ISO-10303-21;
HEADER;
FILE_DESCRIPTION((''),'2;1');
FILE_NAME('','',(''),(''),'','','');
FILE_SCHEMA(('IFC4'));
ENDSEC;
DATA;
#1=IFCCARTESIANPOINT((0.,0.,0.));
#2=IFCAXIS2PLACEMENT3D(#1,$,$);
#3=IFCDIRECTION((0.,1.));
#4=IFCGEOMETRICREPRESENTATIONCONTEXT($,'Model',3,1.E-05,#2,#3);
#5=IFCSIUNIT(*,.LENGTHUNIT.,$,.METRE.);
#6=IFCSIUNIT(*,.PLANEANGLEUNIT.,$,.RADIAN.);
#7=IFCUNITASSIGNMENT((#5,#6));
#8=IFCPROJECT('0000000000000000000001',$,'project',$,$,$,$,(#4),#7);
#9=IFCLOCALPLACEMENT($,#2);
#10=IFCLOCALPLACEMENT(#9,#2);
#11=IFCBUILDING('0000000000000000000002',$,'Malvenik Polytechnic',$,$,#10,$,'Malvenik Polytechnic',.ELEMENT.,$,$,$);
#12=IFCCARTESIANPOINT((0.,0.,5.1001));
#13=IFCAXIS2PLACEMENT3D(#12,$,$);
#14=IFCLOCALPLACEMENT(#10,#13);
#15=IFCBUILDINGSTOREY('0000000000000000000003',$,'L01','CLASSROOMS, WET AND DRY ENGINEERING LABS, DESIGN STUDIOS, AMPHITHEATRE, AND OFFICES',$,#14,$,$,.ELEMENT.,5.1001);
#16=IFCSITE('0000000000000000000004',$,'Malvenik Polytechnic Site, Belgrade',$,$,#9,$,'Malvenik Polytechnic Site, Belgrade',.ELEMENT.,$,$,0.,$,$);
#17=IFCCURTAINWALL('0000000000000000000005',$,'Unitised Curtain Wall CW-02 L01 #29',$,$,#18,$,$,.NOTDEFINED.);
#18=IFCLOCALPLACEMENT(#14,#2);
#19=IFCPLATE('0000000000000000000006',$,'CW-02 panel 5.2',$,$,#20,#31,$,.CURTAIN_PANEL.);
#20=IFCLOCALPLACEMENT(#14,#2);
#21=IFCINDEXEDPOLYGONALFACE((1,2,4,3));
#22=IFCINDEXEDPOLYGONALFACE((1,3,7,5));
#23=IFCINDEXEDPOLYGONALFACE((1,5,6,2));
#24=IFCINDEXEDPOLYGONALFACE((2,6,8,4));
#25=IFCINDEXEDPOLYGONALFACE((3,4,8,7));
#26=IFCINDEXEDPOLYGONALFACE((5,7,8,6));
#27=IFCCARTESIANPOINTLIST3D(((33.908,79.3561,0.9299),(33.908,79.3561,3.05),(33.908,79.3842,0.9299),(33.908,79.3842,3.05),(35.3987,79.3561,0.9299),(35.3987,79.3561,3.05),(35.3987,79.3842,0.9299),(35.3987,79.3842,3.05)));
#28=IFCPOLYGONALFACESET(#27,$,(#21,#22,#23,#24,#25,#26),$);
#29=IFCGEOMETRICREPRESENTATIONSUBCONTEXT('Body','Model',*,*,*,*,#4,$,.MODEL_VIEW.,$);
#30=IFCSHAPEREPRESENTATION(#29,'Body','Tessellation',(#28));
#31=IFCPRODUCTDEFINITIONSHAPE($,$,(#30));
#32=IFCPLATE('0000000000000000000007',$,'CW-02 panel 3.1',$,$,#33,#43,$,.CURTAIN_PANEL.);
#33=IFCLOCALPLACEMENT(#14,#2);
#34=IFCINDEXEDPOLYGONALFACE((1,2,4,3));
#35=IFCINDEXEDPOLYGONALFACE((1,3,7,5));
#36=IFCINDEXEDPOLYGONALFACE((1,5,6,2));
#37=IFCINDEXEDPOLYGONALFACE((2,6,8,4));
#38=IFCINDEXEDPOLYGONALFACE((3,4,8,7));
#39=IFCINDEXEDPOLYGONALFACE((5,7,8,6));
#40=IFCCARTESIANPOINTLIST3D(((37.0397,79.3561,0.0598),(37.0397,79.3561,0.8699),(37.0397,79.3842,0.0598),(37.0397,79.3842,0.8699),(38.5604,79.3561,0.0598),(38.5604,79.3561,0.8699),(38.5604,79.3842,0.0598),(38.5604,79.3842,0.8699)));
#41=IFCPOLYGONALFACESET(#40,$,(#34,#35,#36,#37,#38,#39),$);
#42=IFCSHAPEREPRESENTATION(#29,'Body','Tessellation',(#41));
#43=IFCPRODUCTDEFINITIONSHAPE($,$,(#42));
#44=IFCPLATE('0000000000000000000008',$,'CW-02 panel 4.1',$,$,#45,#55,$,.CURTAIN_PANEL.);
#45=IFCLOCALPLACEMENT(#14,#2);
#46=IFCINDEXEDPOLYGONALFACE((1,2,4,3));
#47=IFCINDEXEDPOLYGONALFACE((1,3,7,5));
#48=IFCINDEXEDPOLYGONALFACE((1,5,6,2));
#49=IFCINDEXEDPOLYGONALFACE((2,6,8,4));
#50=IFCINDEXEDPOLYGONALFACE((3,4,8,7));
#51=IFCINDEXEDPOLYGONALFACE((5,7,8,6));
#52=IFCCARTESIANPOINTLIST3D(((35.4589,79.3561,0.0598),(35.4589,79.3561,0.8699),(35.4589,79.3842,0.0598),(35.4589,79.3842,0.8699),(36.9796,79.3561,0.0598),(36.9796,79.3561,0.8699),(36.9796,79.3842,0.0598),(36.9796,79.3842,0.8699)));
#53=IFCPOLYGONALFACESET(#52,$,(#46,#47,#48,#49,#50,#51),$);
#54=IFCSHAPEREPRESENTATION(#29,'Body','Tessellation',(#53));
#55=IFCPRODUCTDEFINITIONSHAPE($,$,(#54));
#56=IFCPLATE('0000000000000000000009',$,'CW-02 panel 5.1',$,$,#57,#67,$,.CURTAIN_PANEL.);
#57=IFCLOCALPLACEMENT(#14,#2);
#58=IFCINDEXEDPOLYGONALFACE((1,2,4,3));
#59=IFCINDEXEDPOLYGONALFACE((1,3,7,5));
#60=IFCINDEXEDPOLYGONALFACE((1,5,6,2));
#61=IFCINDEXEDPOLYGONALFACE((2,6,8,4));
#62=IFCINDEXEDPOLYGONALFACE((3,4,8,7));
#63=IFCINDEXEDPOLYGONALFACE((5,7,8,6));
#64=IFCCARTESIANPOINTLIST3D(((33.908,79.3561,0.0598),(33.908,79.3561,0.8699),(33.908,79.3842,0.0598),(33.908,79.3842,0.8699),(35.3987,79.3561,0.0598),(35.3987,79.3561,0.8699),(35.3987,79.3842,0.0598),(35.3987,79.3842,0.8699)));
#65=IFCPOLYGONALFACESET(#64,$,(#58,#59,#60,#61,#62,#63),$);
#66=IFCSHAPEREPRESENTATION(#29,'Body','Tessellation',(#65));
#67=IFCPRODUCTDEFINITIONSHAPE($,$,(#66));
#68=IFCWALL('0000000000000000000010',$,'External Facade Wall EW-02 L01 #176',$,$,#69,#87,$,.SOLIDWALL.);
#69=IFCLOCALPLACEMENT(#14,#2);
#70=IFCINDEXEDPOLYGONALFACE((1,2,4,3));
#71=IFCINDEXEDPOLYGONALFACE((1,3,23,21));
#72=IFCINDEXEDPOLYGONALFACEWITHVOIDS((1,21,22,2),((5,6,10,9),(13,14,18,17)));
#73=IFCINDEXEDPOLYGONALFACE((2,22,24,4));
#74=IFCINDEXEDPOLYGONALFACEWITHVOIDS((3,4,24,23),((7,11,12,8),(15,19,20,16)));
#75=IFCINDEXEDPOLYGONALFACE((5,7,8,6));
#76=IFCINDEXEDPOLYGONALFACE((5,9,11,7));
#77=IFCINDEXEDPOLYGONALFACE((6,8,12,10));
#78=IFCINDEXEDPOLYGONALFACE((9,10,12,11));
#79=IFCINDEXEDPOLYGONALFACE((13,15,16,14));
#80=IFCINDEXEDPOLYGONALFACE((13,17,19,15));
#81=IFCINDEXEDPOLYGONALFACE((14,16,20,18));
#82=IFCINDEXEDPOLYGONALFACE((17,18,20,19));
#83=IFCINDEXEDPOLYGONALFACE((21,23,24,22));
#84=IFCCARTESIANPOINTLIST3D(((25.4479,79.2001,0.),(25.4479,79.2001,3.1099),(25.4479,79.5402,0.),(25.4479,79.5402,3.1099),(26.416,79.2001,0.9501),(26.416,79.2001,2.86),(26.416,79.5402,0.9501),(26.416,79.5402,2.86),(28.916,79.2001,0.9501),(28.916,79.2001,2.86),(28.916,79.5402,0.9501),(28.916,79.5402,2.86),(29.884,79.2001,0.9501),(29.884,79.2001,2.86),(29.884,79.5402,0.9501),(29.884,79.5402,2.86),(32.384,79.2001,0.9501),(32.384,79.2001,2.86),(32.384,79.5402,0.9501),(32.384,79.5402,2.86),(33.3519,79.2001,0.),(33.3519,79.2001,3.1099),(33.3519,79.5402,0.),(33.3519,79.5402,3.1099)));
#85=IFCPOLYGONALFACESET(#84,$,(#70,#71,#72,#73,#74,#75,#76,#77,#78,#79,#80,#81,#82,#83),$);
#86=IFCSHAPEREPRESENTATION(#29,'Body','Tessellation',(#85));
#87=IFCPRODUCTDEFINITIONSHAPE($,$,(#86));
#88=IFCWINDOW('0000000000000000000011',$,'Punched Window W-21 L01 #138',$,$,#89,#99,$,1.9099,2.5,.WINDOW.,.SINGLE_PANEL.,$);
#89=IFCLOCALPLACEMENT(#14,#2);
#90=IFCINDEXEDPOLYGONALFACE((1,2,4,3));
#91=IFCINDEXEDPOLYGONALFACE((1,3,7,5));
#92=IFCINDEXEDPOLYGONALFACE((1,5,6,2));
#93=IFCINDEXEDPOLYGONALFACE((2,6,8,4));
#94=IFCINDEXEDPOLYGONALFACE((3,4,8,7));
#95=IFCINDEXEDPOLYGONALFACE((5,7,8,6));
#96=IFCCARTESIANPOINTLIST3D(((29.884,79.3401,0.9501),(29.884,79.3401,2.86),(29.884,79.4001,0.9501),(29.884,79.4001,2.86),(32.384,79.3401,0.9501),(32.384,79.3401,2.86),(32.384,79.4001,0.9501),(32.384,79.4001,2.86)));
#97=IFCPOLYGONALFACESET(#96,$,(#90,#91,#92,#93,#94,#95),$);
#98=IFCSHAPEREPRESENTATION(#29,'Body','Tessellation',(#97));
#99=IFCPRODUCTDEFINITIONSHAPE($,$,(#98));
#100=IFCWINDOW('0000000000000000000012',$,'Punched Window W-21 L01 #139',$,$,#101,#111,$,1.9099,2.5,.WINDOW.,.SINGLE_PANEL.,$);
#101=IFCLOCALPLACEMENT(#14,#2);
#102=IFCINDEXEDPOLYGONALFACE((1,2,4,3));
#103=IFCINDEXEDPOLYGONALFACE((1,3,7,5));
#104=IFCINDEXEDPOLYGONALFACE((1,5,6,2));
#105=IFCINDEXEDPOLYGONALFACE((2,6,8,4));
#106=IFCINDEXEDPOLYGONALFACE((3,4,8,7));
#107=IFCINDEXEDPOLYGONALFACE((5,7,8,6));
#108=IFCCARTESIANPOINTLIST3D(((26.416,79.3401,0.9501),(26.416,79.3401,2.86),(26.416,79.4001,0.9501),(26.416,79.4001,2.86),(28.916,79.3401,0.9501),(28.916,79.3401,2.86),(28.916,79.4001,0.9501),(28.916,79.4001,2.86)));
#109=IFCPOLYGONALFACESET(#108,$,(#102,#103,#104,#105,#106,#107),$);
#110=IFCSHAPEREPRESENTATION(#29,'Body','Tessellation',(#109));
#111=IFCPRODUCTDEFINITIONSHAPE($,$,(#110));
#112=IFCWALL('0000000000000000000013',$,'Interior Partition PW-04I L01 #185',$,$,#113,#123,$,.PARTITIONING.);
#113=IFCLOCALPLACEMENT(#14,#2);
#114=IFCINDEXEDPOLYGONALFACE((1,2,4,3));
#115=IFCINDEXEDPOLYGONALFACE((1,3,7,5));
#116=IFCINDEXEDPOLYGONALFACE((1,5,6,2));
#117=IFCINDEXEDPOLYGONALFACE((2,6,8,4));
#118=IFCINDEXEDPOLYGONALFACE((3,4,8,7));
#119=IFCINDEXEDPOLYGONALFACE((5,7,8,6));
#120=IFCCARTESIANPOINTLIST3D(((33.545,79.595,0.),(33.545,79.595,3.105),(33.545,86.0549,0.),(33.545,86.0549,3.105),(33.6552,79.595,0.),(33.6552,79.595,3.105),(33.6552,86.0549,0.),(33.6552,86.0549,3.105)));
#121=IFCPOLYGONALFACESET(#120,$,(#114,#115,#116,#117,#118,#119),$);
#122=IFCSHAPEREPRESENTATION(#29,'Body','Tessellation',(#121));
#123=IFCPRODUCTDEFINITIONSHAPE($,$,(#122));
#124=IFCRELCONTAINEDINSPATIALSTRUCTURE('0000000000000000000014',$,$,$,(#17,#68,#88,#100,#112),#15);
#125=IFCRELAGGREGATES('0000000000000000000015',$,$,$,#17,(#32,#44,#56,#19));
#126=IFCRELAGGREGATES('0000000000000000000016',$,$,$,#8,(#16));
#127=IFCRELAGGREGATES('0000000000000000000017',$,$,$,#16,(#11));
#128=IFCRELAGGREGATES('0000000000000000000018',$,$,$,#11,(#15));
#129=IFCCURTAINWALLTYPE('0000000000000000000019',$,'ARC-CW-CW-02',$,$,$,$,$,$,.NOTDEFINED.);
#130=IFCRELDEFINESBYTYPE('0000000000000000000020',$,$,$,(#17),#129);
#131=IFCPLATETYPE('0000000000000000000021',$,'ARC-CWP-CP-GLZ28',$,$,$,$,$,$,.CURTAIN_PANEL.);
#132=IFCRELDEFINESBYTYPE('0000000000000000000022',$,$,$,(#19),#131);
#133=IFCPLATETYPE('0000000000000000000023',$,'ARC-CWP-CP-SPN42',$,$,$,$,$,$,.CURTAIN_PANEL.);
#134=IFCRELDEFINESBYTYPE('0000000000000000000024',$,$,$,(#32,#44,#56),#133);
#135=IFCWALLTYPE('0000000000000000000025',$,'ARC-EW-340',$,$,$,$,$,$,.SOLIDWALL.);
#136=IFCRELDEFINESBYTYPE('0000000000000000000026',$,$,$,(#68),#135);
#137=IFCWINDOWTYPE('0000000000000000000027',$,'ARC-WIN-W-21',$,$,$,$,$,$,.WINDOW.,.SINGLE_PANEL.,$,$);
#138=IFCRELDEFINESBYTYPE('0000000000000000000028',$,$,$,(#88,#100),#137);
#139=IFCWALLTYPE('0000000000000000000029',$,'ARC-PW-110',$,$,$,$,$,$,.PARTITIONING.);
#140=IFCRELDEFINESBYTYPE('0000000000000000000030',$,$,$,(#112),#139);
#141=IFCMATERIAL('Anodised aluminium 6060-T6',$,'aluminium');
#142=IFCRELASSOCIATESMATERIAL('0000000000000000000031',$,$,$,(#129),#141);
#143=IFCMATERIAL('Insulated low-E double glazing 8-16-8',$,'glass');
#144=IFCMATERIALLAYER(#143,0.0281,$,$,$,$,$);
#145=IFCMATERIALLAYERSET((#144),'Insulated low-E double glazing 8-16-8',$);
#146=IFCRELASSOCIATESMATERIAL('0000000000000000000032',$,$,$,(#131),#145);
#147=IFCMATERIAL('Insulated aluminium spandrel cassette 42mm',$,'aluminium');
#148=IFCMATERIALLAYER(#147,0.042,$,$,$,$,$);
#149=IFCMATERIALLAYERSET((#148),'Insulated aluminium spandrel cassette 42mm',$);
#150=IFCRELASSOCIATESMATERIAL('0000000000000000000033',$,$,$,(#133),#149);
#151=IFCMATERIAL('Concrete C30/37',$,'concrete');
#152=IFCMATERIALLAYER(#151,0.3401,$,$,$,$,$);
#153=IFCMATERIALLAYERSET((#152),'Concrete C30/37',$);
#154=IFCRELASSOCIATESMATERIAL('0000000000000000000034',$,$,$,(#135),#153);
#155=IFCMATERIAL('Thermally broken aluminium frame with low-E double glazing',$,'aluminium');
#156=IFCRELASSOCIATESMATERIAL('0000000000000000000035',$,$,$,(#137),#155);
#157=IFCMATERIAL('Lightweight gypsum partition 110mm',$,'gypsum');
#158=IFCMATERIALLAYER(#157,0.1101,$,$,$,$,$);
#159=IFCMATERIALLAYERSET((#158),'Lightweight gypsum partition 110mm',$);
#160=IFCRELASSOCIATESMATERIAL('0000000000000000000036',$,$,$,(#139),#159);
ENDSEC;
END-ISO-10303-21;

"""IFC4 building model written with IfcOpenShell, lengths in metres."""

from ifc_helpers import new_model, si_unit, direction, frame, frame_2d, origin, origin_2d, place, context, subcontext, project, spatial, rectangle, extrude, material, layer, layer_set, type_object, element, fill, aggregate, save


model = new_model("IFC4")

# Units and contexts
model_context = context("Model", 3, precision=1e-05, world=origin(), true_north=direction((0.0, 1.0)))
body_context = subcontext(model_context, "Body", "Model", "MODEL_VIEW")
ifc_project = project(units=[si_unit("LENGTHUNIT", "METRE"), si_unit("PLANEANGLEUNIT", "RADIAN")], contexts=[model_context])

# Site, building, storey
site_placement = place(None, origin())
site = spatial("IfcSite", under=ifc_project, at=site_placement, Name="Malvenik Polytechnic Site, Belgrade", LongName="Malvenik Polytechnic Site, Belgrade", CompositionType="ELEMENT", RefElevation=0.0)
building_placement = place(site_placement, origin())
building = spatial("IfcBuilding", under=site, at=building_placement, Name="Malvenik Polytechnic", LongName="Malvenik Polytechnic", CompositionType="ELEMENT")
storey_placement = place(building_placement, frame((0.0, 0.0, 5.1001)))
storey = spatial("IfcBuildingStorey", under=building, at=storey_placement, Name="L01", Description="CLASSROOMS, WET AND DRY ENGINEERING LABS, DESIGN STUDIOS, AMPHITHEATRE, AND OFFICES", CompositionType="ELEMENT", Elevation=5.1001)

# Curtain wall
ifc_material_1 = material(Name="Anodised aluminium 6060-T6", Category="aluminium")
curtain_wall_type = type_object("IfcCurtainWallType", Name="ARC-CW-CW-02", PredefinedType="NOTDEFINED", material=ifc_material_1)
curtain_wall_placement = place(storey_placement, origin())
curtain_wall = element("IfcCurtainWall", 1, at=curtain_wall_placement, inside=storey, type_object=curtain_wall_type, Name="Unitised Curtain Wall CW-02 L01 #29", PredefinedType="NOTDEFINED")

# Plates
ifc_material_2 = material(Name="Insulated low-E double glazing 8-16-8", Category="glass")
ifc_layer_1 = layer(ifc_material_2, 0.0281)
ifc_layer_set_1 = layer_set([ifc_layer_1], Name="Insulated low-E double glazing 8-16-8")
plate_type_1 = type_object("IfcPlateType", Name="ARC-CWP-CP-GLZ28", PredefinedType="CURTAIN_PANEL", material=ifc_layer_set_1)
plate_1_placement = place(storey_placement, frame((34.6533, 79.3701, 0.9299), z_axis=(0.0, 0.0, 1.0), x_axis=(-1.0, 0.0, 0.0)))
plate_1 = element("IfcPlate", 2, at=plate_1_placement, type_object=plate_type_1, Name="CW-02 panel 5.2", PredefinedType="CURTAIN_PANEL", context=body_context, shape_type="SweptSolid", body=[
    extrude(rectangle(XDim=1.4907, YDim=0.0281, at=origin_2d()), origin(), (0.0, 0.0, 1.0), 2.1201),
])
ifc_material_3 = material(Name="Insulated aluminium spandrel cassette 42mm", Category="aluminium")
ifc_layer_2 = layer(ifc_material_3, 0.042)
ifc_layer_set_2 = layer_set([ifc_layer_2], Name="Insulated aluminium spandrel cassette 42mm")
plate_type_2 = type_object("IfcPlateType", Name="ARC-CWP-CP-SPN42", PredefinedType="CURTAIN_PANEL", material=ifc_layer_set_2)
plate_2_placement = place(storey_placement, frame((37.8, 79.3701, 0.0598), z_axis=(0.0, 0.0, 1.0), x_axis=(-1.0, 0.0, 0.0)))
plate_2 = element("IfcPlate", 3, at=plate_2_placement, type_object=plate_type_2, Name="CW-02 panel 3.1", PredefinedType="CURTAIN_PANEL", context=body_context, shape_type="SweptSolid", body=[
    extrude(rectangle(XDim=1.5208, YDim=0.0281, at=origin_2d()), origin(), (0.0, 0.0, 1.0), 0.8101),
])
plate_3_placement = place(storey_placement, frame((36.2192, 79.3701, 0.0598), z_axis=(0.0, 0.0, 1.0), x_axis=(-1.0, 0.0, 0.0)))
plate_3 = element("IfcPlate", 4, at=plate_3_placement, type_object=plate_type_2, Name="CW-02 panel 4.1", PredefinedType="CURTAIN_PANEL", context=body_context, shape_type="SweptSolid", body=[
    extrude(rectangle(XDim=1.5208, YDim=0.0281, at=origin_2d()), origin(), (0.0, 0.0, 1.0), 0.8101),
])
plate_4_placement = place(storey_placement, frame((34.6533, 79.3701, 0.0598), z_axis=(0.0, 0.0, 1.0), x_axis=(-1.0, 0.0, 0.0)))
plate_4 = element("IfcPlate", 5, at=plate_4_placement, type_object=plate_type_2, Name="CW-02 panel 5.1", PredefinedType="CURTAIN_PANEL", context=body_context, shape_type="SweptSolid", body=[
    extrude(rectangle(XDim=1.4907, YDim=0.0281, at=origin_2d()), origin(), (0.0, 0.0, 1.0), 0.8101),
])
aggregate(curtain_wall, [plate_2, plate_3, plate_4, plate_1])

# Wall, openings, windows
ifc_material_4 = material(Name="Concrete C30/37", Category="concrete")
ifc_layer_3 = layer(ifc_material_4, 0.3401)
ifc_layer_set_3 = layer_set([ifc_layer_3], Name="Concrete C30/37")
wall_type_1 = type_object("IfcWallType", Name="ARC-EW-340", PredefinedType="SOLIDWALL", material=ifc_layer_set_3)
wall_1_placement = place(storey_placement, frame((33.3521, 79.3701, 0.0), z_axis=(0.0, 0.0, 1.0), x_axis=(-1.0, 0.0, 0.0)))
wall_1 = element("IfcWall", 6, at=wall_1_placement, inside=storey, type_object=wall_type_1, Name="External Facade Wall EW-02 L01 #176", PredefinedType="SOLIDWALL", context=body_context, shape_type="SweptSolid", body=[
    extrude(rectangle(XDim=7.9041, YDim=0.3401, at=frame_2d((3.9521, 0.0))), origin(), (0.0, 0.0, 1.0), 3.1099),
])
opening_1_placement = place(wall_1_placement, frame((0.968, 0.0, 0.95)))
opening_1 = element("IfcOpeningElement", 7, at=opening_1_placement, cuts=wall_1, PredefinedType="OPENING", context=body_context, shape_type="SweptSolid", body=[
    extrude(rectangle(XDim=2.5, YDim=1.9099, at=frame_2d((1.25, 0.9551))), frame((0.0, 0.1802, 0.0), z_axis=(0.0, -1.0, 0.0), x_axis=(1.0, 0.0, 0.0)), (0.0, 0.0, 1.0), 0.3601),
])
opening_2_placement = place(wall_1_placement, frame((4.436, 0.0, 0.95)))
opening_2 = element("IfcOpeningElement", 8, at=opening_2_placement, cuts=wall_1, PredefinedType="OPENING", context=body_context, shape_type="SweptSolid", body=[
    extrude(rectangle(XDim=2.5, YDim=1.9099, at=frame_2d((1.25, 0.9551))), frame((0.0, 0.1802, 0.0), z_axis=(0.0, -1.0, 0.0), x_axis=(1.0, 0.0, 0.0)), (0.0, 0.0, 1.0), 0.3601),
])
ifc_material_5 = material(Name="Thermally broken aluminium frame with low-E double glazing", Category="aluminium")
window_type = type_object("IfcWindowType", Name="ARC-WIN-W-21", PartitioningType="SINGLE_PANEL", PredefinedType="WINDOW", material=ifc_material_5)
window_1_placement = place(opening_1_placement, origin())
window_1 = element("IfcWindow", 9, at=window_1_placement, inside=storey, type_object=window_type, Name="Punched Window W-21 L01 #138", OverallHeight=1.9099, OverallWidth=2.5, PartitioningType="SINGLE_PANEL", PredefinedType="WINDOW", context=body_context, shape_type="SweptSolid", body=[
    extrude(rectangle(XDim=2.5, YDim=1.9099, at=frame_2d((1.25, 0.9551))), frame((0.0, 0.03, 0.0), z_axis=(0.0, -1.0, 0.0), x_axis=(1.0, 0.0, 0.0)), (0.0, 0.0, 1.0), 0.0601),
])
fill(opening_1, window_1)
window_2_placement = place(opening_2_placement, origin())
window_2 = element("IfcWindow", 10, at=window_2_placement, inside=storey, type_object=window_type, Name="Punched Window W-21 L01 #139", OverallHeight=1.9099, OverallWidth=2.5, PartitioningType="SINGLE_PANEL", PredefinedType="WINDOW", context=body_context, shape_type="SweptSolid", body=[
    extrude(rectangle(XDim=2.5, YDim=1.9099, at=frame_2d((1.25, 0.9551))), frame((0.0, 0.03, 0.0), z_axis=(0.0, -1.0, 0.0), x_axis=(1.0, 0.0, 0.0)), (0.0, 0.0, 1.0), 0.0601),
])
fill(opening_2, window_2)

# Wall
ifc_material_6 = material(Name="Lightweight gypsum partition 110mm", Category="gypsum")
ifc_layer_4 = layer(ifc_material_6, 0.1101)
ifc_layer_set_4 = layer_set([ifc_layer_4], Name="Lightweight gypsum partition 110mm")
wall_type_2 = type_object("IfcWallType", Name="ARC-PW-110", PredefinedType="PARTITIONING", material=ifc_layer_set_4)
wall_2_placement = place(storey_placement, frame((33.6001, 79.595, 0.0), z_axis=(0.0, 0.0, 1.0), x_axis=(0.0, 1.0, 0.0)))
element("IfcWall", 11, at=wall_2_placement, inside=storey, type_object=wall_type_2, Name="Interior Partition PW-04I L01 #185", PredefinedType="PARTITIONING", context=body_context, shape_type="SweptSolid", body=[
    extrude(rectangle(XDim=6.46, YDim=0.1101, at=frame_2d((3.23, 0.0))), origin(), (0.0, 0.0, 1.0), 3.105),
])

save(model, "model.ifc")
